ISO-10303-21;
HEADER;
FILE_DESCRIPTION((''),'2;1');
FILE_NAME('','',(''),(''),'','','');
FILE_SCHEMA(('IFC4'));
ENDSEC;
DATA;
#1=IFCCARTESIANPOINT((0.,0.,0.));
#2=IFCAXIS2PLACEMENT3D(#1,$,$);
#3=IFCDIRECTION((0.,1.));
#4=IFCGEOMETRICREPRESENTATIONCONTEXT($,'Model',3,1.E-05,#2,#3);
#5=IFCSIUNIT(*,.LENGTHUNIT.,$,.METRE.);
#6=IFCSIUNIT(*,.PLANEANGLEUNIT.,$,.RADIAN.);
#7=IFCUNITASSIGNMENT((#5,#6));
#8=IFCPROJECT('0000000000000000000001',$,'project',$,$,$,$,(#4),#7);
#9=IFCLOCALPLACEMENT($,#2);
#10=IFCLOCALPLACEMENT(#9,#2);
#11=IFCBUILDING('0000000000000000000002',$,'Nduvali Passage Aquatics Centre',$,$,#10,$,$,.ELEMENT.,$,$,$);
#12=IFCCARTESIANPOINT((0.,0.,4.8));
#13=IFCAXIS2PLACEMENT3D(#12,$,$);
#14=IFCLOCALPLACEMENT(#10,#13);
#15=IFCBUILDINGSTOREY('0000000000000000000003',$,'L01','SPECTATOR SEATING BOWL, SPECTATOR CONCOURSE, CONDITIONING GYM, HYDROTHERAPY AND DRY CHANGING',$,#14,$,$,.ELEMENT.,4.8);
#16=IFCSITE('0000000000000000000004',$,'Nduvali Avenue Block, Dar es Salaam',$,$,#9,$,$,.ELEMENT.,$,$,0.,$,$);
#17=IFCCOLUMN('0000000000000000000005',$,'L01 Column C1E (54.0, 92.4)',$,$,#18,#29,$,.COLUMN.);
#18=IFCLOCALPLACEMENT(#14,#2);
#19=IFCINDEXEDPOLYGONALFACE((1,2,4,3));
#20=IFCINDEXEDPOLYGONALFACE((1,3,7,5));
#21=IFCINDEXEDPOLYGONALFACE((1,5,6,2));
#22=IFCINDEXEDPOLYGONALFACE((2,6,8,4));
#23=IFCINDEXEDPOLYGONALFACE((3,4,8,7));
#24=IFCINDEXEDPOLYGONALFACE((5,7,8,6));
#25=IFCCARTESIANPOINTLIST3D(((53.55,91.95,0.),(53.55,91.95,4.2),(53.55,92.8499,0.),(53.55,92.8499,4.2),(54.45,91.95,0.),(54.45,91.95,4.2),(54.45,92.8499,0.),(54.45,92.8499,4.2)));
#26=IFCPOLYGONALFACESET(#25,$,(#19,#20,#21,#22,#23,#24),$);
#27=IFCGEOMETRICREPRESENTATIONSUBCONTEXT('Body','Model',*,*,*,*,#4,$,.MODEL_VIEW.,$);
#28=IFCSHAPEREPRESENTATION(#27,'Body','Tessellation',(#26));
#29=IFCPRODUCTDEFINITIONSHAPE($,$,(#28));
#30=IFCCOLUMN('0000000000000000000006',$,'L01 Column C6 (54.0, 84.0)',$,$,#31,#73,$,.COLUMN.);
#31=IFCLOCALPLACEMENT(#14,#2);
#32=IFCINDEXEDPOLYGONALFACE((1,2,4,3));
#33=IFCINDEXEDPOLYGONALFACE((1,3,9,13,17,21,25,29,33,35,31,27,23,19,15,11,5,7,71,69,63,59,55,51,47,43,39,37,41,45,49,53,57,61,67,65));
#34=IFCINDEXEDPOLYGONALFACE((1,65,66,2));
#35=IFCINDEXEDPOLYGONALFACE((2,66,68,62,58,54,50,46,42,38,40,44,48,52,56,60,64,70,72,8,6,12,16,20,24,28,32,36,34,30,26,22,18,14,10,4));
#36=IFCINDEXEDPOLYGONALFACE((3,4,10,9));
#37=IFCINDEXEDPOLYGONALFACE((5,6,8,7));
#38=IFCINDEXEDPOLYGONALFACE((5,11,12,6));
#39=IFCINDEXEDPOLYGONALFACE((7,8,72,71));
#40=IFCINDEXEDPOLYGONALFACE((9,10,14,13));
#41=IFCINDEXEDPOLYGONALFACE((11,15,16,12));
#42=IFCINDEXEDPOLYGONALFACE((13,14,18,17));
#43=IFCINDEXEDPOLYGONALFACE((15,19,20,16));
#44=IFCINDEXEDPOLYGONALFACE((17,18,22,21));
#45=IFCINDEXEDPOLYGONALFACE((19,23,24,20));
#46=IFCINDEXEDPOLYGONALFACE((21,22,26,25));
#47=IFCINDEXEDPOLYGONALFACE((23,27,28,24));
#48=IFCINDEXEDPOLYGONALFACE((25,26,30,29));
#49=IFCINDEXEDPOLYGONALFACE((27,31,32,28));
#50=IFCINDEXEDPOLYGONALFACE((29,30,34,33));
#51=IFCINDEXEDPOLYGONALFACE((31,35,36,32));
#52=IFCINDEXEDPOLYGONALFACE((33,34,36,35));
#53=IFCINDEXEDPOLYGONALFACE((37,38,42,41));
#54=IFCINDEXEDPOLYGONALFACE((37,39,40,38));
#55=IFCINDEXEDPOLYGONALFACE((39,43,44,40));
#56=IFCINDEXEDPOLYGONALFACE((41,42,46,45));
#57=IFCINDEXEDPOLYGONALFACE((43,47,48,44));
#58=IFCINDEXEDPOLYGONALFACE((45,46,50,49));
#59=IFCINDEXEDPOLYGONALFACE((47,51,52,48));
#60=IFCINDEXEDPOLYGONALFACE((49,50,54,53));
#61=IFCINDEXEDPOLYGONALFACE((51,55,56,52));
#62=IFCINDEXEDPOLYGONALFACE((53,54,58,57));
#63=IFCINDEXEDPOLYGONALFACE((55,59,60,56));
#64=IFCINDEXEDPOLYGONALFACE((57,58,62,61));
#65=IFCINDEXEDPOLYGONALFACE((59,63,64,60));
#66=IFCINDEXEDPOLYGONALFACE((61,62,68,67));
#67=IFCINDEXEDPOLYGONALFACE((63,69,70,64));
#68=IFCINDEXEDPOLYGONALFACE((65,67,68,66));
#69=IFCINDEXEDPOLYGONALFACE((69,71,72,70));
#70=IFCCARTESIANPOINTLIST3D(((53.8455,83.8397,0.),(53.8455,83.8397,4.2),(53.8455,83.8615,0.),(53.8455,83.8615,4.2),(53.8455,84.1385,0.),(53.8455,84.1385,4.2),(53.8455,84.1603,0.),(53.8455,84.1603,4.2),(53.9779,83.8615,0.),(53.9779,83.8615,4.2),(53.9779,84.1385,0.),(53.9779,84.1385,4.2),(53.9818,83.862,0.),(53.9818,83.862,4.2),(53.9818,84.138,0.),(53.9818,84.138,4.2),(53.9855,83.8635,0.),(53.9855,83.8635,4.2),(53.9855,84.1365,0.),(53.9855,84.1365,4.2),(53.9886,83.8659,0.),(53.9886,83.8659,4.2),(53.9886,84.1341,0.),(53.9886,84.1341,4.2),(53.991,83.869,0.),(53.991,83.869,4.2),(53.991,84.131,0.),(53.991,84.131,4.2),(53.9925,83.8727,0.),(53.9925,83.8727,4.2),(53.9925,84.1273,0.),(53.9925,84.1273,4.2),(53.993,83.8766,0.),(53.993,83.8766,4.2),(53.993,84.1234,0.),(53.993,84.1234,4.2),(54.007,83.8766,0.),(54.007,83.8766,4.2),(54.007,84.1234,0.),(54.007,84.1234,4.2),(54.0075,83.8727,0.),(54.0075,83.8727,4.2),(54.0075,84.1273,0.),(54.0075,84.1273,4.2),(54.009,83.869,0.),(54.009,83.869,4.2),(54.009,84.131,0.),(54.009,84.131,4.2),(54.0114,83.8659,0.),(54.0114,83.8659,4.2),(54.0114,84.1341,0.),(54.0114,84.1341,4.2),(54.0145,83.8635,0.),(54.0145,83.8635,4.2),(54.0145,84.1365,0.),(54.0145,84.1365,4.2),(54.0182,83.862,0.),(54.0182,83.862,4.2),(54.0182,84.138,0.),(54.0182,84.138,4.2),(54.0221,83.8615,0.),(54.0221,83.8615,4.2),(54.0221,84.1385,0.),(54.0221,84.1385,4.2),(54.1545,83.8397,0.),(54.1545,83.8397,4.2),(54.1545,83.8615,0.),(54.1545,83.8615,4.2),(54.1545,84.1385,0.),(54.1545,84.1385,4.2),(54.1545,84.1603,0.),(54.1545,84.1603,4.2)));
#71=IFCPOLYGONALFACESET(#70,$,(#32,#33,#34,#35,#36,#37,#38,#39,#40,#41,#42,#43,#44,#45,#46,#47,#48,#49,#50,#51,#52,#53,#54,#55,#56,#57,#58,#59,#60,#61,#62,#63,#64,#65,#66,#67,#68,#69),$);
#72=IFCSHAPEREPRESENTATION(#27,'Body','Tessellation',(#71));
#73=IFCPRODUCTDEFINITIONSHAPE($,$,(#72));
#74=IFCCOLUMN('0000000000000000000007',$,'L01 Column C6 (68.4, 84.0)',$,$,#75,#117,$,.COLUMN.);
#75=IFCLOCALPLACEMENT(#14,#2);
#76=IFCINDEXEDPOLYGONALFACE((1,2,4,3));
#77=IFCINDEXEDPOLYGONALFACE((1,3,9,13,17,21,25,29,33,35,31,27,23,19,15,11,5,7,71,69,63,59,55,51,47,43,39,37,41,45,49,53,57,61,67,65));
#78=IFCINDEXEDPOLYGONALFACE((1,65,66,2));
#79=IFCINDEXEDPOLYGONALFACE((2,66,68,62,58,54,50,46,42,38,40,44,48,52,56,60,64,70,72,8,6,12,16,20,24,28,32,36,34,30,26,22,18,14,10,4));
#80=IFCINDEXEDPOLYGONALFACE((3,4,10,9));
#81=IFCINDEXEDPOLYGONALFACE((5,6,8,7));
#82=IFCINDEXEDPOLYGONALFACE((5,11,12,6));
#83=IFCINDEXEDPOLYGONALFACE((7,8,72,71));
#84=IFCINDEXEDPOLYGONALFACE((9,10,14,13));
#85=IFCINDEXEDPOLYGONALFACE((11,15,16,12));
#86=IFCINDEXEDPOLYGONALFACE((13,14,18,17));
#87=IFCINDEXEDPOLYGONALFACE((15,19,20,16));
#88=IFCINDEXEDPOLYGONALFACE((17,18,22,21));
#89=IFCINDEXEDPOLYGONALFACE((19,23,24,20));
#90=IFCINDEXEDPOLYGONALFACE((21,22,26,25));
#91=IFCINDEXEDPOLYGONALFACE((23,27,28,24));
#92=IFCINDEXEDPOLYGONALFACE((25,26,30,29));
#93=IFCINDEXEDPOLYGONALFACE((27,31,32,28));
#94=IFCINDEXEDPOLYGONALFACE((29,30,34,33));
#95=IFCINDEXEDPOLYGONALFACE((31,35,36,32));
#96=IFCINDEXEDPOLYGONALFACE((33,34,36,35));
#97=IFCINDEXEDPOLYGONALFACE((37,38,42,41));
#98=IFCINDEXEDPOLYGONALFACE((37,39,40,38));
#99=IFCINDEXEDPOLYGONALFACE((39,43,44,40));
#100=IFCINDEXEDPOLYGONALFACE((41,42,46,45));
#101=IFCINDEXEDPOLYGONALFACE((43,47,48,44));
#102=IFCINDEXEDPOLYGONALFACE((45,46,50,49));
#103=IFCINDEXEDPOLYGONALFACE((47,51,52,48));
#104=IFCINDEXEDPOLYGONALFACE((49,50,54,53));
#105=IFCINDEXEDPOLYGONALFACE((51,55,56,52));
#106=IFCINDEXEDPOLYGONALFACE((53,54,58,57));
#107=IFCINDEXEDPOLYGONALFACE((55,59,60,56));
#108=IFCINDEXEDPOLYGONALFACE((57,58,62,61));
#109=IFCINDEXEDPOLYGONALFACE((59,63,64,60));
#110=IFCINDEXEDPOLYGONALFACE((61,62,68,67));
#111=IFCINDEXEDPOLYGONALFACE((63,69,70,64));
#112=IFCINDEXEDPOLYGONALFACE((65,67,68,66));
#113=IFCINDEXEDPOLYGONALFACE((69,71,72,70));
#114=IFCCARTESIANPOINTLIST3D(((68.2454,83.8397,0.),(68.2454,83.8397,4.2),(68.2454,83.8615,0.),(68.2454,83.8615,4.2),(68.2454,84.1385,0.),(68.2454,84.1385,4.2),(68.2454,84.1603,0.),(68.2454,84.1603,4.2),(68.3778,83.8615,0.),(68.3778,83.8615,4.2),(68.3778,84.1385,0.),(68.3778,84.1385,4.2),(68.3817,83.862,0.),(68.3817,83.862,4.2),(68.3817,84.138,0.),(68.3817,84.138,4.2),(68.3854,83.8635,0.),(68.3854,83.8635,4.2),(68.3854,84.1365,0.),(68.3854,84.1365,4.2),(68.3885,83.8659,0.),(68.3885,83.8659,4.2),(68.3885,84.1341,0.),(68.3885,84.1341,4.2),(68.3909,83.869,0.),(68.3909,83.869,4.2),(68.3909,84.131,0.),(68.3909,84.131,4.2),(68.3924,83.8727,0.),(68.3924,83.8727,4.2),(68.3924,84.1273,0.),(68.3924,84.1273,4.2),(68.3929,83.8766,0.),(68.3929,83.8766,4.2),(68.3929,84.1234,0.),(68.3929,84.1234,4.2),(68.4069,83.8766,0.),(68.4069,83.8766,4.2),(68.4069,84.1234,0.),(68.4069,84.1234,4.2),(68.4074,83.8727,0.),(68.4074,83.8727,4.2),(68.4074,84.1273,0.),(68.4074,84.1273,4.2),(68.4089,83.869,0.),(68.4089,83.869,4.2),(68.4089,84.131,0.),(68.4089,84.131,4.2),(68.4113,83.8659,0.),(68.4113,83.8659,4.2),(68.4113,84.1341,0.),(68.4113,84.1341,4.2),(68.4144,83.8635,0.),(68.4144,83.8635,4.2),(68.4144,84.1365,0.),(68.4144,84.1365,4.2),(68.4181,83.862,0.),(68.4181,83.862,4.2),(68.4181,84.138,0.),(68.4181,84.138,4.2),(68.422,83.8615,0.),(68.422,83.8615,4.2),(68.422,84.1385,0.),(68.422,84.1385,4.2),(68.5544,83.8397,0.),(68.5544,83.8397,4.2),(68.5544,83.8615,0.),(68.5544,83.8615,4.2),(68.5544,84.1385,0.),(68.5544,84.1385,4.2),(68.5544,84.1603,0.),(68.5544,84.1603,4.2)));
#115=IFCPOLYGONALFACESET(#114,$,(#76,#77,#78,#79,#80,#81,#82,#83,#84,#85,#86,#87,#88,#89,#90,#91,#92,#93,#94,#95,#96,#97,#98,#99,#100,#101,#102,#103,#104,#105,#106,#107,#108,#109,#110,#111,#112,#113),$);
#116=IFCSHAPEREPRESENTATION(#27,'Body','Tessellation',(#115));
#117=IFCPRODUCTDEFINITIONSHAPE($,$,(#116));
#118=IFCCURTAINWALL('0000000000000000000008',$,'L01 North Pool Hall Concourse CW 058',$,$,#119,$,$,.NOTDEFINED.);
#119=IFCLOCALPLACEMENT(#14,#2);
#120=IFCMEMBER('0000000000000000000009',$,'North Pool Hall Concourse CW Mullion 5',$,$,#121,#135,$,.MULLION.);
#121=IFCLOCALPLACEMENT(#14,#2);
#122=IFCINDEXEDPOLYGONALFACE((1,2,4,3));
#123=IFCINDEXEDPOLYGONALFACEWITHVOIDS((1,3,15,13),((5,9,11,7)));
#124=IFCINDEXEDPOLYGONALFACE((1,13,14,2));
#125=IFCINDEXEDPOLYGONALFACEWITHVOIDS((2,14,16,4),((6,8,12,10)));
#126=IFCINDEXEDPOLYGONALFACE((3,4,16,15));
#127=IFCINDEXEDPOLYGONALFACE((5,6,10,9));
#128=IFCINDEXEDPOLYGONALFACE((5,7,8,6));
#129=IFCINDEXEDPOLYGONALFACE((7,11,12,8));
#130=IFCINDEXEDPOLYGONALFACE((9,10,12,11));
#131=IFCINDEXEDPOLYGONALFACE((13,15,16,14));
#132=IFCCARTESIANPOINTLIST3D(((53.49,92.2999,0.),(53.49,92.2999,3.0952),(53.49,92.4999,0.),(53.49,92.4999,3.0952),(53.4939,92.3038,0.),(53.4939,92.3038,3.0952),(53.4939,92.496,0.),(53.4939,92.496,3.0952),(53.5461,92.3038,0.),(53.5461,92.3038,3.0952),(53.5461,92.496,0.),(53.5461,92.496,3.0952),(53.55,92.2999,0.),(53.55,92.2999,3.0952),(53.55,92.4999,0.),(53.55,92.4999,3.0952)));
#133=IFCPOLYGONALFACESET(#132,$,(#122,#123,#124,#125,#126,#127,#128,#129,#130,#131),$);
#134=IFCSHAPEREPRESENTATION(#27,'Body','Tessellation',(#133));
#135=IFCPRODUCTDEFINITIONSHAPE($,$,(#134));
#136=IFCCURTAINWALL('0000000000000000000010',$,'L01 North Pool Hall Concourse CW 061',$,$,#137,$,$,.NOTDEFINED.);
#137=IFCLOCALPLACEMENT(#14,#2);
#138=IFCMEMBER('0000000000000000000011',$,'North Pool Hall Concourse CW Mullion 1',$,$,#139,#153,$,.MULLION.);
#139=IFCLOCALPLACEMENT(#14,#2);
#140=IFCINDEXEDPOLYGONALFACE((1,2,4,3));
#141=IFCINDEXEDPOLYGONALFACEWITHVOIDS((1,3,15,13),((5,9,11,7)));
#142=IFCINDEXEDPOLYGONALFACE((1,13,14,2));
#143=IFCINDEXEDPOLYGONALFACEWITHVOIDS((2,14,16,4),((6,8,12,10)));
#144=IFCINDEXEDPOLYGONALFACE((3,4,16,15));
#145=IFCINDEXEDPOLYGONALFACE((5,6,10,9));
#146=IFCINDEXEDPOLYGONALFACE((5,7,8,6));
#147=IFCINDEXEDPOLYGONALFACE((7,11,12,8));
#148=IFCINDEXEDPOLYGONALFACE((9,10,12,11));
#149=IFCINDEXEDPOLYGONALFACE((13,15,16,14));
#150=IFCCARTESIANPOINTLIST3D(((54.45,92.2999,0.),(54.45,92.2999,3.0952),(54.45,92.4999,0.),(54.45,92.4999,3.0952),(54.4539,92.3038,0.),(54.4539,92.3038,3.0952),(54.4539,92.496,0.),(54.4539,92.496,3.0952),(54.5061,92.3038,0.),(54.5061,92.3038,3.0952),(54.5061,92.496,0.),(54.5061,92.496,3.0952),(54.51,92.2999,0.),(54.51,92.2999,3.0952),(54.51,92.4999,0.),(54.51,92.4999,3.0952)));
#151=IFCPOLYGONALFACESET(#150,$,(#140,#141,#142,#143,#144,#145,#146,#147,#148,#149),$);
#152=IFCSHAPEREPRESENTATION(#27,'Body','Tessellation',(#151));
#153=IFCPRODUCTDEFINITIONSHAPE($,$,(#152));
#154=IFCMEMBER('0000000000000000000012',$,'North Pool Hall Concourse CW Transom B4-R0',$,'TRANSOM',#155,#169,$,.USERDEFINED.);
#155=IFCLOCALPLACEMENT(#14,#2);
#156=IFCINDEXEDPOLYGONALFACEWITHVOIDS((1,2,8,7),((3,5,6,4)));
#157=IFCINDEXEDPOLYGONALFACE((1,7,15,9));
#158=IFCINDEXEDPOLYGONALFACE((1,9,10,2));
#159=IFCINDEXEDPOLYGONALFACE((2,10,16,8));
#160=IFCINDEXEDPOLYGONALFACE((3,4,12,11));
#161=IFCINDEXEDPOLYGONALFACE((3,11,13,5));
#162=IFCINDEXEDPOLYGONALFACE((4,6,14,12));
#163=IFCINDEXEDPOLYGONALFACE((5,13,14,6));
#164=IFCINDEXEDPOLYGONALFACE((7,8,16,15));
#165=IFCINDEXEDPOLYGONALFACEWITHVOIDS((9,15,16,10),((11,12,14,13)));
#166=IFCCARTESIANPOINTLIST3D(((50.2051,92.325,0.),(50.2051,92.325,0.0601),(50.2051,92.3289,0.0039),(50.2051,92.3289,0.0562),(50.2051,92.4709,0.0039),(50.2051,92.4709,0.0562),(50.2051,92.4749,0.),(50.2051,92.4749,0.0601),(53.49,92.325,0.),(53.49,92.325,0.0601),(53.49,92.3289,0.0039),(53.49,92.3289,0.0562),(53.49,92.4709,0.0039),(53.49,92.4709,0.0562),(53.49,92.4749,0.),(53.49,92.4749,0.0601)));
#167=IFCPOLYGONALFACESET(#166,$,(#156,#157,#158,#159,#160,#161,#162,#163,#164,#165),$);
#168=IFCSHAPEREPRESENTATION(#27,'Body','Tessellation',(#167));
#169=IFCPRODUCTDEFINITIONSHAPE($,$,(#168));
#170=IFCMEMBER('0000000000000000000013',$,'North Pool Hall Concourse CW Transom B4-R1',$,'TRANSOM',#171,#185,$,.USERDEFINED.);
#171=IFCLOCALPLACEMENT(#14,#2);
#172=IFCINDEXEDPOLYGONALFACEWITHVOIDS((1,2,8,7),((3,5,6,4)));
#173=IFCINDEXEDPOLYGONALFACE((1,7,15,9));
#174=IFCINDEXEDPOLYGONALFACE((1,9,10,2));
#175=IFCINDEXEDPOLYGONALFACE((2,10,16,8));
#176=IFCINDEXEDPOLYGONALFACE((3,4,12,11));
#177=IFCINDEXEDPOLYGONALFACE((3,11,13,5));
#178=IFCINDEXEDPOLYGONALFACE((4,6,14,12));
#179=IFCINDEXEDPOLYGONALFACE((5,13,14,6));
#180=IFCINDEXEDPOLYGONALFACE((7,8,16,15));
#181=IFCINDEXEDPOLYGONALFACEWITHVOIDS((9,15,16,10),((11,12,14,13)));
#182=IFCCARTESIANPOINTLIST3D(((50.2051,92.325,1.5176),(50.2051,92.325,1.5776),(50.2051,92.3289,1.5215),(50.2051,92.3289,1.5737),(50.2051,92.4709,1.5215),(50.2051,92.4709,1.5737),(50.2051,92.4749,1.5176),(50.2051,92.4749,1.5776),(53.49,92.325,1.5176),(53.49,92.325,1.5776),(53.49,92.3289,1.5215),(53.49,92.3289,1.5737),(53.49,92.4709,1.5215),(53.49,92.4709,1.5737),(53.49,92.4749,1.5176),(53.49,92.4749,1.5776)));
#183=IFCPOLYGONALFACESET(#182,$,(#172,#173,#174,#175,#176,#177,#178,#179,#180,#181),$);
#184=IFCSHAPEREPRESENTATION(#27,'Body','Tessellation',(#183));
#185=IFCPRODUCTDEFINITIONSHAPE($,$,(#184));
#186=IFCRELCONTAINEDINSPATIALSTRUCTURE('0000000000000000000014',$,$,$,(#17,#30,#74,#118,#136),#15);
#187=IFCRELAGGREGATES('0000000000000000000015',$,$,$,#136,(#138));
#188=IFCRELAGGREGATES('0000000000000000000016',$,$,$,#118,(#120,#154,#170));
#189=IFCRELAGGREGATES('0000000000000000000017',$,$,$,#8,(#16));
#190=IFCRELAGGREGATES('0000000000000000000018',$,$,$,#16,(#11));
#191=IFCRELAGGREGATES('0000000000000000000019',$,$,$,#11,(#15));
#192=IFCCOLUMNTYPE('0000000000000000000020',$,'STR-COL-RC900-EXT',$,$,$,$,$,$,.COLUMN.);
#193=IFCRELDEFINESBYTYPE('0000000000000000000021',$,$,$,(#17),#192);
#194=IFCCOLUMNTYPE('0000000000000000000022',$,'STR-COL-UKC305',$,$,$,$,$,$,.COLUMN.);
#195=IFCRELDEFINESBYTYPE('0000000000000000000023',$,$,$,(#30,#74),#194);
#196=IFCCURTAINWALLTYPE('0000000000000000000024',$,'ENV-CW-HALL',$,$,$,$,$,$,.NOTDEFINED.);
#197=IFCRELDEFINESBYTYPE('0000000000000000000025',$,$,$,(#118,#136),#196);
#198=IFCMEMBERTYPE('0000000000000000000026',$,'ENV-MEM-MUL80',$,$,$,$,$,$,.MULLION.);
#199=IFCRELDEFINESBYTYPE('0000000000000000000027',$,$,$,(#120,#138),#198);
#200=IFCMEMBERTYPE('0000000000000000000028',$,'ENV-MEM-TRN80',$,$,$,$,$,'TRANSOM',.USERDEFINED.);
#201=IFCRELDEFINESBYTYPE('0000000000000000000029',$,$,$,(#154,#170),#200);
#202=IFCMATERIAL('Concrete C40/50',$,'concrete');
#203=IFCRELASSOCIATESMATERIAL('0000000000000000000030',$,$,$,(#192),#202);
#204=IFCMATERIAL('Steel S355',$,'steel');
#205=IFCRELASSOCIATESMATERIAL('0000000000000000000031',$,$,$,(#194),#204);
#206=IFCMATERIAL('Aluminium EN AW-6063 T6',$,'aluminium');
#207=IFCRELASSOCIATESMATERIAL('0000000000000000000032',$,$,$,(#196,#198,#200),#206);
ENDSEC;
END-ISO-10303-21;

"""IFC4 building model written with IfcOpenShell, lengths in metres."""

from ifc_helpers import new_model, si_unit, direction, frame, origin, origin_2d, place, context, subcontext, project, spatial, rectangle, hollow_rectangle, i_section, extrude, material, material_profile, profile_set, type_object, element, aggregate, save


model = new_model("IFC4")

# Units and contexts
model_context = context("Model", 3, precision=1e-05, world=origin(), true_north=direction((0.0, 1.0)))
body_context = subcontext(model_context, "Body", "Model", "MODEL_VIEW")
ifc_project = project(units=[si_unit("LENGTHUNIT", "METRE"), si_unit("PLANEANGLEUNIT", "RADIAN")], contexts=[model_context])

# Site, building, storey
site_placement = place(None, origin())
site = spatial("IfcSite", under=ifc_project, at=site_placement, Name="Nduvali Avenue Block, Dar es Salaam", CompositionType="ELEMENT", RefElevation=0.0)
building_placement = place(site_placement, origin())
building = spatial("IfcBuilding", under=site, at=building_placement, Name="Nduvali Passage Aquatics Centre", CompositionType="ELEMENT")
storey_placement = place(building_placement, frame((0.0, 0.0, 4.8)))
storey = spatial("IfcBuildingStorey", under=building, at=storey_placement, Name="L01", Description="SPECTATOR SEATING BOWL, SPECTATOR CONCOURSE, CONDITIONING GYM, HYDROTHERAPY AND DRY CHANGING", CompositionType="ELEMENT", Elevation=4.8)

# Columns
ifc_material_1 = material(Name="Concrete C40/50", Category="concrete")
ifc_material_profile_1 = material_profile(ifc_material_1, rectangle(XDim=0.8999, YDim=0.8999, at=origin_2d()), Name="RC 900x900")
ifc_profile_set_1 = profile_set([ifc_material_profile_1], Name="Concrete C40/50")
column_type_1 = type_object("IfcColumnType", Name="STR-COL-RC900-EXT", PredefinedType="COLUMN", material=ifc_profile_set_1)
column_placement = place(storey_placement, frame((54.0, 92.3999, 0.0), z_axis=(0.0, 0.0, 1.0), x_axis=(1.0, 0.0, 0.0)))
element("IfcColumn", 1, at=column_placement, inside=storey, type_object=column_type_1, Name="L01 Column C1E (54.0, 92.4)", PredefinedType="COLUMN", context=body_context, shape_type="SweptSolid", body=[
    extrude(rectangle(XDim=0.8999, YDim=0.8999, at=origin_2d()), origin(), (0.0, 0.0, 1.0), 4.2),
])
ifc_material_2 = material(Name="Steel S355", Category="steel")
ifc_material_profile_2 = material_profile(ifc_material_2, i_section(OverallWidth=0.3091, OverallDepth=0.3206, WebThickness=0.0139, FlangeThickness=0.0217, FilletRadius=0.0151, at=origin_2d()), Name="UKC 305x305x137")
ifc_profile_set_2 = profile_set([ifc_material_profile_2], Name="Steel S355")
column_type_2 = type_object("IfcColumnType", Name="STR-COL-UKC305", PredefinedType="COLUMN", material=ifc_profile_set_2)
for number, where, z_axis, x_axis, name in (
    (2, (54.0, 84.0, 0.0), (0.0, 0.0, 1.0), (1.0, 0.0, 0.0), "L01 Column C6 (54.0, 84.0)"),
    (3, (68.3999, 84.0, 0.0), (0.0, 0.0, 1.0), (1.0, 0.0, 0.0), "L01 Column C6 (68.4, 84.0)"),
):
    element("IfcColumn", number, at=place(storey_placement, frame(where, z_axis=z_axis, x_axis=x_axis)), inside=storey, type_object=column_type_2, Name=name, PredefinedType="COLUMN", context=body_context, shape_type="SweptSolid", body=[
        extrude(i_section(OverallWidth=0.3091, OverallDepth=0.3206, WebThickness=0.0139, FlangeThickness=0.0217, FilletRadius=0.0151, at=origin_2d()), origin(), (0.0, 0.0, 1.0), 4.2),
    ])

# Curtain walls, members
ifc_material_3 = material(Name="Aluminium EN AW-6063 T6", Category="aluminium")
curtain_wall_type = type_object("IfcCurtainWallType", Name="ENV-CW-HALL", PredefinedType="NOTDEFINED", material=ifc_material_3)
curtain_wall_1_placement = place(storey_placement, origin())
curtain_wall_1 = element("IfcCurtainWall", 4, at=curtain_wall_1_placement, inside=storey, type_object=curtain_wall_type, Name="L01 North Pool Hall Concourse CW 058", PredefinedType="NOTDEFINED")
ifc_material_profile_3 = material_profile(ifc_material_3, hollow_rectangle(XDim=0.0601, YDim=0.2, WallThickness=0.0039, at=origin_2d()), Name="ALU MULLION 60x200x4")
ifc_profile_set_3 = profile_set([ifc_material_profile_3], Name="Aluminium EN AW-6063 T6")
member_type_1 = type_object("IfcMemberType", Name="ENV-MEM-MUL80", PredefinedType="MULLION", material=ifc_profile_set_3)
member_1_placement = place(storey_placement, frame((53.52, 92.3999, 0.0), z_axis=(0.0, 0.0, 1.0), x_axis=(1.0, 0.0, 0.0)))
member_1 = element("IfcMember", 5, at=member_1_placement, type_object=member_type_1, Name="North Pool Hall Concourse CW Mullion 5", PredefinedType="MULLION", context=body_context, shape_type="SweptSolid", body=[
    extrude(hollow_rectangle(XDim=0.0601, YDim=0.2, WallThickness=0.0039, at=origin_2d()), origin(), (0.0, 0.0, 1.0), 3.0952),
])
curtain_wall_2_placement = place(storey_placement, origin())
curtain_wall_2 = element("IfcCurtainWall", 6, at=curtain_wall_2_placement, inside=storey, type_object=curtain_wall_type, Name="L01 North Pool Hall Concourse CW 061", PredefinedType="NOTDEFINED")
member_2_placement = place(storey_placement, frame((54.48, 92.3999, 0.0), z_axis=(0.0, 0.0, 1.0), x_axis=(1.0, 0.0, 0.0)))
member_2 = element("IfcMember", 7, at=member_2_placement, type_object=member_type_1, Name="North Pool Hall Concourse CW Mullion 1", PredefinedType="MULLION", context=body_context, shape_type="SweptSolid", body=[
    extrude(hollow_rectangle(XDim=0.0601, YDim=0.2, WallThickness=0.0039, at=origin_2d()), origin(), (0.0, 0.0, 1.0), 3.0952),
])

# Members
ifc_material_profile_4 = material_profile(ifc_material_3, hollow_rectangle(XDim=0.1499, YDim=0.0601, WallThickness=0.0039, at=origin_2d()), Name="ALU TRANSOM 150x60x4")
ifc_profile_set_4 = profile_set([ifc_material_profile_4], Name="Aluminium EN AW-6063 T6")
member_type_2 = type_object("IfcMemberType", Name="ENV-MEM-TRN80", ElementType="TRANSOM", PredefinedType="USERDEFINED", material=ifc_profile_set_4)
member_3_placement = place(storey_placement, frame((50.2051, 92.3999, 0.03), z_axis=(1.0, 0.0, 0.0), x_axis=(0.0, 1.0, 0.0)))
member_3 = element("IfcMember", 8, at=member_3_placement, type_object=member_type_2, Name="North Pool Hall Concourse CW Transom B4-R0", ObjectType="TRANSOM", PredefinedType="USERDEFINED", context=body_context, shape_type="SweptSolid", body=[
    extrude(hollow_rectangle(XDim=0.1499, YDim=0.0601, WallThickness=0.0039, at=origin_2d()), origin(), (0.0, 0.0, 1.0), 3.2849),
])
member_4_placement = place(storey_placement, frame((50.2051, 92.3999, 1.5476), z_axis=(1.0, 0.0, 0.0), x_axis=(0.0, 1.0, 0.0)))
member_4 = element("IfcMember", 9, at=member_4_placement, type_object=member_type_2, Name="North Pool Hall Concourse CW Transom B4-R1", ObjectType="TRANSOM", PredefinedType="USERDEFINED", context=body_context, shape_type="SweptSolid", body=[
    extrude(hollow_rectangle(XDim=0.1499, YDim=0.0601, WallThickness=0.0039, at=origin_2d()), origin(), (0.0, 0.0, 1.0), 3.2849),
])
aggregate(curtain_wall_2, [member_2])

aggregate(curtain_wall_1, [member_1, member_3, member_4])

save(model, "model.ifc")
